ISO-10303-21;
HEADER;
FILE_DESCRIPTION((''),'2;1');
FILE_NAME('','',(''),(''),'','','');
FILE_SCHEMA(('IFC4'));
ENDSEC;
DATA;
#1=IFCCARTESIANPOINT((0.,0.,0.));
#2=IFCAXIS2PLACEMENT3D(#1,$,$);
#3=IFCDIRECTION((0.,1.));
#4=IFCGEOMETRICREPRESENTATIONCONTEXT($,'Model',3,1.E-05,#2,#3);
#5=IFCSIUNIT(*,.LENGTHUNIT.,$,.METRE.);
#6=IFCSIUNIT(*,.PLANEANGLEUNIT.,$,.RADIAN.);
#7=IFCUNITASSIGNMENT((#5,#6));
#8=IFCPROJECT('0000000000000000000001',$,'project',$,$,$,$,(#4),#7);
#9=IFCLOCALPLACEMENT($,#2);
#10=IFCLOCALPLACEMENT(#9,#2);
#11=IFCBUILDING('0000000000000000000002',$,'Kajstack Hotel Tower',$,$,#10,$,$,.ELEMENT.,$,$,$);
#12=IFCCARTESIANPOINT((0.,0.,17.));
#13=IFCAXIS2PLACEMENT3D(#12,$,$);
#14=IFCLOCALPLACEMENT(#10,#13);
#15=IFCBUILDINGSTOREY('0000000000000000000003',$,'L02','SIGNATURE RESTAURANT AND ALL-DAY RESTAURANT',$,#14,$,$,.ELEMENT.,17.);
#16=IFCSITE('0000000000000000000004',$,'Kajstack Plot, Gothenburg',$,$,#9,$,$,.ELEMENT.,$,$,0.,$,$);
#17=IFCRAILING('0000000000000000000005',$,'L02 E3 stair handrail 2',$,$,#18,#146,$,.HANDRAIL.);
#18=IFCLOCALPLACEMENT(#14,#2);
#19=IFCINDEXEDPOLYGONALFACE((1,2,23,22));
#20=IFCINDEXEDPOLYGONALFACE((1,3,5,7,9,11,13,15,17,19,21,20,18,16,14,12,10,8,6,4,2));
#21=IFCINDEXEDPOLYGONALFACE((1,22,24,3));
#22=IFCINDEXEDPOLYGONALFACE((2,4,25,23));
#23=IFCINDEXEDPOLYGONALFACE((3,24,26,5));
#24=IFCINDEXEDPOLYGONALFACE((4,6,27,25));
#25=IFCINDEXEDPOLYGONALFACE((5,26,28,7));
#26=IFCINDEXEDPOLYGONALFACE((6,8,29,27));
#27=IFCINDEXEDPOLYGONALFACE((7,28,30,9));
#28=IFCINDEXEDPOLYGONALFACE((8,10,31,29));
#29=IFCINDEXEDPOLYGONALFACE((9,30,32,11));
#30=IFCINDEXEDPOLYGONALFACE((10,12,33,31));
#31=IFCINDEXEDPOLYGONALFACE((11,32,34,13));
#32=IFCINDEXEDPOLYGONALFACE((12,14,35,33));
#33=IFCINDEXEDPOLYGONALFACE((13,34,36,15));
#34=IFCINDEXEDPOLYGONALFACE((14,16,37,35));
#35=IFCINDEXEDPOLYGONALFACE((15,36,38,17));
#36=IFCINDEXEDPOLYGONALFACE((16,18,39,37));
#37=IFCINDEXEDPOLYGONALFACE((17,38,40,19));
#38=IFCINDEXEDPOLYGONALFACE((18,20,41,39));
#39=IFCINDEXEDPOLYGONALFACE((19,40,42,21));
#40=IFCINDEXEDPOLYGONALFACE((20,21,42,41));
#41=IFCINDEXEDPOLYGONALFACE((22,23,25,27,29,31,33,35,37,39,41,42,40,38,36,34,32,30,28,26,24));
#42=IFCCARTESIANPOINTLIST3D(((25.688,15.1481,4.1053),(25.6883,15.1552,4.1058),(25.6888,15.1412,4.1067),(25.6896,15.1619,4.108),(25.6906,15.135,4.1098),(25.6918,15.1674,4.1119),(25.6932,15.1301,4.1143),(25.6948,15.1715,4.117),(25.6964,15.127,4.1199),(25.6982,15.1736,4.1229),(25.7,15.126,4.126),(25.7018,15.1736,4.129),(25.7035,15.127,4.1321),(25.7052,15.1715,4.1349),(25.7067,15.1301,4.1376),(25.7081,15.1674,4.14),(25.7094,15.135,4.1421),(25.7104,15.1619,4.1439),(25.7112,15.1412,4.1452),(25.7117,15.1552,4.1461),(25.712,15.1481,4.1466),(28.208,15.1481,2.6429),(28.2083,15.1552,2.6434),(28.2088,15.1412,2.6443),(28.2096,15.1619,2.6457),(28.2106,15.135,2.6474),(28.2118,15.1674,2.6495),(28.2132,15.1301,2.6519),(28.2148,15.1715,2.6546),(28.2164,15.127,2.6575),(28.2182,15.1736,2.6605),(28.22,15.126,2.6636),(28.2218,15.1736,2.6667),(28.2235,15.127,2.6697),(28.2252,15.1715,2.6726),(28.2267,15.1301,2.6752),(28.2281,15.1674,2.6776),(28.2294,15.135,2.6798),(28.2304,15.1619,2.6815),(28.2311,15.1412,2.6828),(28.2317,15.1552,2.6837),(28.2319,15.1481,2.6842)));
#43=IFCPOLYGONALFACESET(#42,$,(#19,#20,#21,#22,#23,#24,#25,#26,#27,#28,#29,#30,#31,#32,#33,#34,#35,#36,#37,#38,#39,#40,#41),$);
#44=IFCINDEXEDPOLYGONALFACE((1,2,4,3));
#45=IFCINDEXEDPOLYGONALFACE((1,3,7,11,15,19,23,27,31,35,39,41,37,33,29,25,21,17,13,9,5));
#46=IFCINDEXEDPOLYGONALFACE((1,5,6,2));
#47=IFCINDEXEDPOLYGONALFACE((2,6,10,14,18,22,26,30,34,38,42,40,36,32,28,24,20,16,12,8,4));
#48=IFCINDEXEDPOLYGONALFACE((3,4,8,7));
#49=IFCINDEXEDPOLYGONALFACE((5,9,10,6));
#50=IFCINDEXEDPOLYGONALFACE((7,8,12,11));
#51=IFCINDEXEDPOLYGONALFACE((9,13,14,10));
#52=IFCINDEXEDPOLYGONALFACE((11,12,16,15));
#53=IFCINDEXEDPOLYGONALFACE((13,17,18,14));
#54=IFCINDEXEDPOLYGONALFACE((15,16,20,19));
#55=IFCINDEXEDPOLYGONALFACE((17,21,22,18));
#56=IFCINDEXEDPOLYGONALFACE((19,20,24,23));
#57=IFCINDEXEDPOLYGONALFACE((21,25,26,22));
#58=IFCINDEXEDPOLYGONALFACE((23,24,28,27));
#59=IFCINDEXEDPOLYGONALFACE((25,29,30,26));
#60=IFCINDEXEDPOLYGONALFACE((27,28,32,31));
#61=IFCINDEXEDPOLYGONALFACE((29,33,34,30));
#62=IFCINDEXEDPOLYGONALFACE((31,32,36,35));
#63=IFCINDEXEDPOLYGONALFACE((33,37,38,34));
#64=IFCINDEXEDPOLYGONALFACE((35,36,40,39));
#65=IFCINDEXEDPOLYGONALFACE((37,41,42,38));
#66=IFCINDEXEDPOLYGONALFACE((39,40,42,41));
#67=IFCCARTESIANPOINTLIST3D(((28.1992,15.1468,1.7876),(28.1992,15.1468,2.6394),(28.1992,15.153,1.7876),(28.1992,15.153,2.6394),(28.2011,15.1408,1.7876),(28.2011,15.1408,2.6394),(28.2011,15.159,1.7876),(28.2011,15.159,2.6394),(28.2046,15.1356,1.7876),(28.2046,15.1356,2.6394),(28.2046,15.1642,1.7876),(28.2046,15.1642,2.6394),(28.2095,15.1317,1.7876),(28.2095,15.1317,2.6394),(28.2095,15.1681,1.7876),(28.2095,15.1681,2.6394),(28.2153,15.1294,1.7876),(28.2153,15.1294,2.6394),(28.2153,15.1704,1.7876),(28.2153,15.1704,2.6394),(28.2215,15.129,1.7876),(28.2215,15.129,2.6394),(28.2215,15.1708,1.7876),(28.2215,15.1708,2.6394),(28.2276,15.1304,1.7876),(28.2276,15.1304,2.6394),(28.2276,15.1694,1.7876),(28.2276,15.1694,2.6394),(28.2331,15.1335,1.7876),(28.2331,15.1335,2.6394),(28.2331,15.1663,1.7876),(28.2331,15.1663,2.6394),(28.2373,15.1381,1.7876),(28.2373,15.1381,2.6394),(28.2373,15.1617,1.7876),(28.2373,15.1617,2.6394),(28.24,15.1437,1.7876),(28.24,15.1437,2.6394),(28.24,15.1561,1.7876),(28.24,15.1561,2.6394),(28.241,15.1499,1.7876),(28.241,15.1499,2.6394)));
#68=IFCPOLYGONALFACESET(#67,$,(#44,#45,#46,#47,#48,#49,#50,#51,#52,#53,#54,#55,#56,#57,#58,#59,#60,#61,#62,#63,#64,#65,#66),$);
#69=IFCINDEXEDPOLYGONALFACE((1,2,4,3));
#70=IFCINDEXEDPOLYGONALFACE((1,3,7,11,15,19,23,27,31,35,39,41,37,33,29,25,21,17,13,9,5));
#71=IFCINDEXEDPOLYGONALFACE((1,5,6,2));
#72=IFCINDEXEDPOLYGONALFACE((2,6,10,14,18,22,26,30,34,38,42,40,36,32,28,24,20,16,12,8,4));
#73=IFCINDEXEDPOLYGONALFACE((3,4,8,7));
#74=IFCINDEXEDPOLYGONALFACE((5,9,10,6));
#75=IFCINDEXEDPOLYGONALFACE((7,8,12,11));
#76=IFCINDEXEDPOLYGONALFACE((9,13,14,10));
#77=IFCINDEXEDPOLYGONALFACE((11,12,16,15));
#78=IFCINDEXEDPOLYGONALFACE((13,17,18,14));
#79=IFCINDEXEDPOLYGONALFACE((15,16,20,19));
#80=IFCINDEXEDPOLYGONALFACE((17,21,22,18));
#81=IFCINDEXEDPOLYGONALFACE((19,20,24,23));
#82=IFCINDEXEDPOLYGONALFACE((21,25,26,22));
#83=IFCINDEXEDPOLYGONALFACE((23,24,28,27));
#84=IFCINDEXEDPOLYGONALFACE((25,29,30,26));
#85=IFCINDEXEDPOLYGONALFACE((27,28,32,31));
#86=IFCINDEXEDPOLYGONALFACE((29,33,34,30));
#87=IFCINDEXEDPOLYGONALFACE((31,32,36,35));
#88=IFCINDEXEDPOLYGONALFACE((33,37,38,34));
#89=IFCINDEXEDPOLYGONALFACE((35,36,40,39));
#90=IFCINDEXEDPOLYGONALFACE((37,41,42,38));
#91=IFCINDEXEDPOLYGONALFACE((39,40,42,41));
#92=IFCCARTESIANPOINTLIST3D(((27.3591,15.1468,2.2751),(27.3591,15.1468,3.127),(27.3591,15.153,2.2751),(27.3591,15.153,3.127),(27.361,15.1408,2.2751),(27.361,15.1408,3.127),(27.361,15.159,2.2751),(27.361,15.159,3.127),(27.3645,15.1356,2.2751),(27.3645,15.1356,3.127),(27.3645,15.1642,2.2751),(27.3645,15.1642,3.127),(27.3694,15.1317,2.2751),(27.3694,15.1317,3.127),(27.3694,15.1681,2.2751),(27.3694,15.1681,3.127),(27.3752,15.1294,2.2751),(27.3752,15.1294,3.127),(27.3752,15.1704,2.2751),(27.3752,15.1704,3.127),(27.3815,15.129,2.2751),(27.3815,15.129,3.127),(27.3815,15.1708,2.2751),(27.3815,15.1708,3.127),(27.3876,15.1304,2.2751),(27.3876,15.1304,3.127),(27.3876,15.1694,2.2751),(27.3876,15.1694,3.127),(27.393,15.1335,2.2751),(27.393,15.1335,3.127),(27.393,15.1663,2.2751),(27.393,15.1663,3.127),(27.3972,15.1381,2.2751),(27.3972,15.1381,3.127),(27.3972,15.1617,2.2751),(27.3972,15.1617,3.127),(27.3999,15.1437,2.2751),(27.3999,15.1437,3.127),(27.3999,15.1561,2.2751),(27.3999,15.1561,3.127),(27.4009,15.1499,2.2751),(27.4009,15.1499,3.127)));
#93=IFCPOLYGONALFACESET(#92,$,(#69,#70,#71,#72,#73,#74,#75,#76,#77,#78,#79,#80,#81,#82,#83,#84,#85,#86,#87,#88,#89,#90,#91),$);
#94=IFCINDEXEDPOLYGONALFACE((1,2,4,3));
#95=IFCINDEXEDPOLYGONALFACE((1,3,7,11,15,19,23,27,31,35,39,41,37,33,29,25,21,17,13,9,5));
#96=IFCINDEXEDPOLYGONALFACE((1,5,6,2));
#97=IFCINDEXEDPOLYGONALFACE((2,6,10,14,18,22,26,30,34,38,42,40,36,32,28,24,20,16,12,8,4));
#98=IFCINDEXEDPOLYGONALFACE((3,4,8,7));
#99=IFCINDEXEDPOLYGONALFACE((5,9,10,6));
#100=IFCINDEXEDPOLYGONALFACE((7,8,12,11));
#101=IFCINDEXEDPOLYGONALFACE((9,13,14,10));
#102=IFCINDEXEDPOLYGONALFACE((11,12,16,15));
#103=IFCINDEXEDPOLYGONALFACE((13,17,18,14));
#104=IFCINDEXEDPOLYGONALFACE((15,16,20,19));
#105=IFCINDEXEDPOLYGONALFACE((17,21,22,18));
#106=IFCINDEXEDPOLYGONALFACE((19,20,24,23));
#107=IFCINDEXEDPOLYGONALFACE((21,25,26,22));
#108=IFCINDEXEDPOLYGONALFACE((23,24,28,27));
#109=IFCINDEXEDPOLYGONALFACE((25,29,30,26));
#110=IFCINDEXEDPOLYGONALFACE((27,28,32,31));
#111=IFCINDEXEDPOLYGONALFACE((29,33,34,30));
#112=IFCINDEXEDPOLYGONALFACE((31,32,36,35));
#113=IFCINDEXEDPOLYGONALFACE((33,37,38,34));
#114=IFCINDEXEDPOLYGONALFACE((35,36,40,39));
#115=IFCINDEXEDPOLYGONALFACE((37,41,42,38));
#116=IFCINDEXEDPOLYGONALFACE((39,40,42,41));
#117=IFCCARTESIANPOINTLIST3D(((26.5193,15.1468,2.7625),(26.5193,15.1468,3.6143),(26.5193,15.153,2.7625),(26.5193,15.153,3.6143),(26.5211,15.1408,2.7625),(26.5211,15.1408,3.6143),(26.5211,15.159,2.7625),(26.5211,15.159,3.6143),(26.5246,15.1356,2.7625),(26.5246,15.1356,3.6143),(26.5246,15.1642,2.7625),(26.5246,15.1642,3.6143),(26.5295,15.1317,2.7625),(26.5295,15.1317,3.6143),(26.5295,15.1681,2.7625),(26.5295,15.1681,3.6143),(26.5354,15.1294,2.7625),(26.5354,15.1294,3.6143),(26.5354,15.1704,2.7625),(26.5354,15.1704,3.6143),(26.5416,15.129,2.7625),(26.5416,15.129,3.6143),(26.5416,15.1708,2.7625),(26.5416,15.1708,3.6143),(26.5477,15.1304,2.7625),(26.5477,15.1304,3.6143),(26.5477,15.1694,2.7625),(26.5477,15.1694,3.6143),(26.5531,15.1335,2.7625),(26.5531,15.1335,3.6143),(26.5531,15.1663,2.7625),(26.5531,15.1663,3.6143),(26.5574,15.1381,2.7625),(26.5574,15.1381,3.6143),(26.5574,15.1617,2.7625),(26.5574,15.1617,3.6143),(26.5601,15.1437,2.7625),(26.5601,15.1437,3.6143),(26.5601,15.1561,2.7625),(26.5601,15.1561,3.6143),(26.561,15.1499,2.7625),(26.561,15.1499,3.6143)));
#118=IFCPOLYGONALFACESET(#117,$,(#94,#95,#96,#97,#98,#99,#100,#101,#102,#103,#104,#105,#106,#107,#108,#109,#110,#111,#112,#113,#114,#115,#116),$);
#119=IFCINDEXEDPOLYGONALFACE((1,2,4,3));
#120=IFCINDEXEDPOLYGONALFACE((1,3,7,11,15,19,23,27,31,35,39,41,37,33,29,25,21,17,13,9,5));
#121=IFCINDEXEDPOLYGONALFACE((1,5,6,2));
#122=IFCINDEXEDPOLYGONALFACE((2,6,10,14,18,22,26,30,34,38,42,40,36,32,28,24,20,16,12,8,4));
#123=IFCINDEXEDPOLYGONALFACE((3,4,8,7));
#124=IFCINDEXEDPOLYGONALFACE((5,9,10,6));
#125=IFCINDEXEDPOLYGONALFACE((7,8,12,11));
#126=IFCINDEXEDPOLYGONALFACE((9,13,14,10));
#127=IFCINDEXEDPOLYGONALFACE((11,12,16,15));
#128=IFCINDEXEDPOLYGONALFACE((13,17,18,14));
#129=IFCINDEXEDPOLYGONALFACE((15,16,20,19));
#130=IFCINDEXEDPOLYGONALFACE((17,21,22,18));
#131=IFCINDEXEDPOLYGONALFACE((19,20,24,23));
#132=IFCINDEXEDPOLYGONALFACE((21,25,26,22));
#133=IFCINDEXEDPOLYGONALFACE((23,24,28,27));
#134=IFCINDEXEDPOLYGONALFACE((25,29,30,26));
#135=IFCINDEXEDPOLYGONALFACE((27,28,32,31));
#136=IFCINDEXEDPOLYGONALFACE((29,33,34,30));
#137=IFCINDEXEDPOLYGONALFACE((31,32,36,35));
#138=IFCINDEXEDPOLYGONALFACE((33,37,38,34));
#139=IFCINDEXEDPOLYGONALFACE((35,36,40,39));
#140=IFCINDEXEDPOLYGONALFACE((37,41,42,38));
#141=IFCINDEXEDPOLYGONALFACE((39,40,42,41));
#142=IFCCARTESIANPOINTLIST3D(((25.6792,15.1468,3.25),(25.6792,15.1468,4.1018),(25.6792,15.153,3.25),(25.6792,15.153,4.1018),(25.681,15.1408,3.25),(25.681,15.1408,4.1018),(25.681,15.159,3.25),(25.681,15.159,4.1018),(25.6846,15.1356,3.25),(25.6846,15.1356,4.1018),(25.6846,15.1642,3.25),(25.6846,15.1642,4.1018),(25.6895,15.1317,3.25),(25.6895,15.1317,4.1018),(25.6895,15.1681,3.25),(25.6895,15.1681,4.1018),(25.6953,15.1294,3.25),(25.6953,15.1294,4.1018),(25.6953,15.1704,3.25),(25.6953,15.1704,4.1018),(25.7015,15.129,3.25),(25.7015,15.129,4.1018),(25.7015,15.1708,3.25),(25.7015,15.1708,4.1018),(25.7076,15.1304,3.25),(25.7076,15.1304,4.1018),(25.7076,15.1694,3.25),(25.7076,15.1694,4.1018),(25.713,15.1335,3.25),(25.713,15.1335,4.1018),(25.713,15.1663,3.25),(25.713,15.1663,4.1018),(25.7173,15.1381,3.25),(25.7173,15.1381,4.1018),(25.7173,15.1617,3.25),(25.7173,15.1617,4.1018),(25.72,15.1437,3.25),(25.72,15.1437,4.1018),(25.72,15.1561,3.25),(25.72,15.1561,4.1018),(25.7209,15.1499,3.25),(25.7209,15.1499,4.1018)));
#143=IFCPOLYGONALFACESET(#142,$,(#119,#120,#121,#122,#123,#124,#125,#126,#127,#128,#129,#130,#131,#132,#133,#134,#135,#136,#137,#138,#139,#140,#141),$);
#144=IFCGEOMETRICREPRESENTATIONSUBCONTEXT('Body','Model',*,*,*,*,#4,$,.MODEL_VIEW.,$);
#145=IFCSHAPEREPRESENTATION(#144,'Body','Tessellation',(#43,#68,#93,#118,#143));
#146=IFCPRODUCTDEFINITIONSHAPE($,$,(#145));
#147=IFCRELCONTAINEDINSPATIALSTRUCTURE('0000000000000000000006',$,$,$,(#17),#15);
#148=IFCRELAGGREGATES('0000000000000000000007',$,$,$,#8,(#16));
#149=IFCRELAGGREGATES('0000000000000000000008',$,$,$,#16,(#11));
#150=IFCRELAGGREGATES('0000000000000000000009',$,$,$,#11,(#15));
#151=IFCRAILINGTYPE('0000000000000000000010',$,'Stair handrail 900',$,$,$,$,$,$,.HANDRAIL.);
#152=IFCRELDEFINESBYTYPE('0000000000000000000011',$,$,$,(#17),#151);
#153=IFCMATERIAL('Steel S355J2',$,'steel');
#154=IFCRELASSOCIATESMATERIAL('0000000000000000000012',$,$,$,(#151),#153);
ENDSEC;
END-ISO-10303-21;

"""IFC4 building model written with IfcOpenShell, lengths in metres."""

from ifc_helpers import new_model, si_unit, direction, frame, origin, origin_2d, place, context, subcontext, project, spatial, circle, extrude, material, type_object, element, save


model = new_model("IFC4")

# Units and contexts
model_context = context("Model", 3, precision=1e-05, world=origin(), true_north=direction((0.0, 1.0)))
body_context = subcontext(model_context, "Body", "Model", "MODEL_VIEW")
ifc_project = project(units=[si_unit("LENGTHUNIT", "METRE"), si_unit("PLANEANGLEUNIT", "RADIAN")], contexts=[model_context])

# Site, building, storey
site_placement = place(None, origin())
site = spatial("IfcSite", under=ifc_project, at=site_placement, Name="Kajstack Plot, Gothenburg", CompositionType="ELEMENT", RefElevation=0.0)
building_placement = place(site_placement, origin())
building = spatial("IfcBuilding", under=site, at=building_placement, Name="Kajstack Hotel Tower", CompositionType="ELEMENT")
storey_placement = place(building_placement, frame((0.0, 0.0, 17.0)))
storey = spatial("IfcBuildingStorey", under=building, at=storey_placement, Name="L02", Description="SIGNATURE RESTAURANT AND ALL-DAY RESTAURANT", CompositionType="ELEMENT", Elevation=17.0)

# Railing
ifc_material_1 = material(Name="Steel S355J2", Category="steel")
railing_type_1 = type_object("IfcRailingType", Name="Stair handrail 900", PredefinedType="HANDRAIL", material=ifc_material_1)
railing_1_placement = place(storey_placement, frame((28.22, 15.1499, 1.7876)))
element("IfcRailing", 1, at=railing_1_placement, inside=storey, type_object=railing_type_1, Name="L02 E3 stair handrail 2", PredefinedType="HANDRAIL", context=body_context, shape_type="SweptSolid", body=[
    extrude(circle(Radius=0.0239, at=origin_2d()), frame((0.0, 0.0, 0.876), z_axis=(-0.864913, 0.0, 0.501921), x_axis=(0.0, -1.0, 0.0)), (0.0, 0.0, 1.0), 2.9136),
    extrude(circle(Radius=0.021, at=origin_2d()), origin(), (0.0, 0.0, 1.0), 0.8518),
    extrude(circle(Radius=0.021, at=origin_2d()), frame((-0.8401, 0.0, 0.4875)), (0.0, 0.0, 1.0), 0.8518),
    extrude(circle(Radius=0.021, at=origin_2d()), frame((-1.6799, 0.0, 0.9749)), (0.0, 0.0, 1.0), 0.8518),
    extrude(circle(Radius=0.021, at=origin_2d()), frame((-2.52, 0.0, 1.4624)), (0.0, 0.0, 1.0), 0.8518),
])

save(model, "model.ifc")
